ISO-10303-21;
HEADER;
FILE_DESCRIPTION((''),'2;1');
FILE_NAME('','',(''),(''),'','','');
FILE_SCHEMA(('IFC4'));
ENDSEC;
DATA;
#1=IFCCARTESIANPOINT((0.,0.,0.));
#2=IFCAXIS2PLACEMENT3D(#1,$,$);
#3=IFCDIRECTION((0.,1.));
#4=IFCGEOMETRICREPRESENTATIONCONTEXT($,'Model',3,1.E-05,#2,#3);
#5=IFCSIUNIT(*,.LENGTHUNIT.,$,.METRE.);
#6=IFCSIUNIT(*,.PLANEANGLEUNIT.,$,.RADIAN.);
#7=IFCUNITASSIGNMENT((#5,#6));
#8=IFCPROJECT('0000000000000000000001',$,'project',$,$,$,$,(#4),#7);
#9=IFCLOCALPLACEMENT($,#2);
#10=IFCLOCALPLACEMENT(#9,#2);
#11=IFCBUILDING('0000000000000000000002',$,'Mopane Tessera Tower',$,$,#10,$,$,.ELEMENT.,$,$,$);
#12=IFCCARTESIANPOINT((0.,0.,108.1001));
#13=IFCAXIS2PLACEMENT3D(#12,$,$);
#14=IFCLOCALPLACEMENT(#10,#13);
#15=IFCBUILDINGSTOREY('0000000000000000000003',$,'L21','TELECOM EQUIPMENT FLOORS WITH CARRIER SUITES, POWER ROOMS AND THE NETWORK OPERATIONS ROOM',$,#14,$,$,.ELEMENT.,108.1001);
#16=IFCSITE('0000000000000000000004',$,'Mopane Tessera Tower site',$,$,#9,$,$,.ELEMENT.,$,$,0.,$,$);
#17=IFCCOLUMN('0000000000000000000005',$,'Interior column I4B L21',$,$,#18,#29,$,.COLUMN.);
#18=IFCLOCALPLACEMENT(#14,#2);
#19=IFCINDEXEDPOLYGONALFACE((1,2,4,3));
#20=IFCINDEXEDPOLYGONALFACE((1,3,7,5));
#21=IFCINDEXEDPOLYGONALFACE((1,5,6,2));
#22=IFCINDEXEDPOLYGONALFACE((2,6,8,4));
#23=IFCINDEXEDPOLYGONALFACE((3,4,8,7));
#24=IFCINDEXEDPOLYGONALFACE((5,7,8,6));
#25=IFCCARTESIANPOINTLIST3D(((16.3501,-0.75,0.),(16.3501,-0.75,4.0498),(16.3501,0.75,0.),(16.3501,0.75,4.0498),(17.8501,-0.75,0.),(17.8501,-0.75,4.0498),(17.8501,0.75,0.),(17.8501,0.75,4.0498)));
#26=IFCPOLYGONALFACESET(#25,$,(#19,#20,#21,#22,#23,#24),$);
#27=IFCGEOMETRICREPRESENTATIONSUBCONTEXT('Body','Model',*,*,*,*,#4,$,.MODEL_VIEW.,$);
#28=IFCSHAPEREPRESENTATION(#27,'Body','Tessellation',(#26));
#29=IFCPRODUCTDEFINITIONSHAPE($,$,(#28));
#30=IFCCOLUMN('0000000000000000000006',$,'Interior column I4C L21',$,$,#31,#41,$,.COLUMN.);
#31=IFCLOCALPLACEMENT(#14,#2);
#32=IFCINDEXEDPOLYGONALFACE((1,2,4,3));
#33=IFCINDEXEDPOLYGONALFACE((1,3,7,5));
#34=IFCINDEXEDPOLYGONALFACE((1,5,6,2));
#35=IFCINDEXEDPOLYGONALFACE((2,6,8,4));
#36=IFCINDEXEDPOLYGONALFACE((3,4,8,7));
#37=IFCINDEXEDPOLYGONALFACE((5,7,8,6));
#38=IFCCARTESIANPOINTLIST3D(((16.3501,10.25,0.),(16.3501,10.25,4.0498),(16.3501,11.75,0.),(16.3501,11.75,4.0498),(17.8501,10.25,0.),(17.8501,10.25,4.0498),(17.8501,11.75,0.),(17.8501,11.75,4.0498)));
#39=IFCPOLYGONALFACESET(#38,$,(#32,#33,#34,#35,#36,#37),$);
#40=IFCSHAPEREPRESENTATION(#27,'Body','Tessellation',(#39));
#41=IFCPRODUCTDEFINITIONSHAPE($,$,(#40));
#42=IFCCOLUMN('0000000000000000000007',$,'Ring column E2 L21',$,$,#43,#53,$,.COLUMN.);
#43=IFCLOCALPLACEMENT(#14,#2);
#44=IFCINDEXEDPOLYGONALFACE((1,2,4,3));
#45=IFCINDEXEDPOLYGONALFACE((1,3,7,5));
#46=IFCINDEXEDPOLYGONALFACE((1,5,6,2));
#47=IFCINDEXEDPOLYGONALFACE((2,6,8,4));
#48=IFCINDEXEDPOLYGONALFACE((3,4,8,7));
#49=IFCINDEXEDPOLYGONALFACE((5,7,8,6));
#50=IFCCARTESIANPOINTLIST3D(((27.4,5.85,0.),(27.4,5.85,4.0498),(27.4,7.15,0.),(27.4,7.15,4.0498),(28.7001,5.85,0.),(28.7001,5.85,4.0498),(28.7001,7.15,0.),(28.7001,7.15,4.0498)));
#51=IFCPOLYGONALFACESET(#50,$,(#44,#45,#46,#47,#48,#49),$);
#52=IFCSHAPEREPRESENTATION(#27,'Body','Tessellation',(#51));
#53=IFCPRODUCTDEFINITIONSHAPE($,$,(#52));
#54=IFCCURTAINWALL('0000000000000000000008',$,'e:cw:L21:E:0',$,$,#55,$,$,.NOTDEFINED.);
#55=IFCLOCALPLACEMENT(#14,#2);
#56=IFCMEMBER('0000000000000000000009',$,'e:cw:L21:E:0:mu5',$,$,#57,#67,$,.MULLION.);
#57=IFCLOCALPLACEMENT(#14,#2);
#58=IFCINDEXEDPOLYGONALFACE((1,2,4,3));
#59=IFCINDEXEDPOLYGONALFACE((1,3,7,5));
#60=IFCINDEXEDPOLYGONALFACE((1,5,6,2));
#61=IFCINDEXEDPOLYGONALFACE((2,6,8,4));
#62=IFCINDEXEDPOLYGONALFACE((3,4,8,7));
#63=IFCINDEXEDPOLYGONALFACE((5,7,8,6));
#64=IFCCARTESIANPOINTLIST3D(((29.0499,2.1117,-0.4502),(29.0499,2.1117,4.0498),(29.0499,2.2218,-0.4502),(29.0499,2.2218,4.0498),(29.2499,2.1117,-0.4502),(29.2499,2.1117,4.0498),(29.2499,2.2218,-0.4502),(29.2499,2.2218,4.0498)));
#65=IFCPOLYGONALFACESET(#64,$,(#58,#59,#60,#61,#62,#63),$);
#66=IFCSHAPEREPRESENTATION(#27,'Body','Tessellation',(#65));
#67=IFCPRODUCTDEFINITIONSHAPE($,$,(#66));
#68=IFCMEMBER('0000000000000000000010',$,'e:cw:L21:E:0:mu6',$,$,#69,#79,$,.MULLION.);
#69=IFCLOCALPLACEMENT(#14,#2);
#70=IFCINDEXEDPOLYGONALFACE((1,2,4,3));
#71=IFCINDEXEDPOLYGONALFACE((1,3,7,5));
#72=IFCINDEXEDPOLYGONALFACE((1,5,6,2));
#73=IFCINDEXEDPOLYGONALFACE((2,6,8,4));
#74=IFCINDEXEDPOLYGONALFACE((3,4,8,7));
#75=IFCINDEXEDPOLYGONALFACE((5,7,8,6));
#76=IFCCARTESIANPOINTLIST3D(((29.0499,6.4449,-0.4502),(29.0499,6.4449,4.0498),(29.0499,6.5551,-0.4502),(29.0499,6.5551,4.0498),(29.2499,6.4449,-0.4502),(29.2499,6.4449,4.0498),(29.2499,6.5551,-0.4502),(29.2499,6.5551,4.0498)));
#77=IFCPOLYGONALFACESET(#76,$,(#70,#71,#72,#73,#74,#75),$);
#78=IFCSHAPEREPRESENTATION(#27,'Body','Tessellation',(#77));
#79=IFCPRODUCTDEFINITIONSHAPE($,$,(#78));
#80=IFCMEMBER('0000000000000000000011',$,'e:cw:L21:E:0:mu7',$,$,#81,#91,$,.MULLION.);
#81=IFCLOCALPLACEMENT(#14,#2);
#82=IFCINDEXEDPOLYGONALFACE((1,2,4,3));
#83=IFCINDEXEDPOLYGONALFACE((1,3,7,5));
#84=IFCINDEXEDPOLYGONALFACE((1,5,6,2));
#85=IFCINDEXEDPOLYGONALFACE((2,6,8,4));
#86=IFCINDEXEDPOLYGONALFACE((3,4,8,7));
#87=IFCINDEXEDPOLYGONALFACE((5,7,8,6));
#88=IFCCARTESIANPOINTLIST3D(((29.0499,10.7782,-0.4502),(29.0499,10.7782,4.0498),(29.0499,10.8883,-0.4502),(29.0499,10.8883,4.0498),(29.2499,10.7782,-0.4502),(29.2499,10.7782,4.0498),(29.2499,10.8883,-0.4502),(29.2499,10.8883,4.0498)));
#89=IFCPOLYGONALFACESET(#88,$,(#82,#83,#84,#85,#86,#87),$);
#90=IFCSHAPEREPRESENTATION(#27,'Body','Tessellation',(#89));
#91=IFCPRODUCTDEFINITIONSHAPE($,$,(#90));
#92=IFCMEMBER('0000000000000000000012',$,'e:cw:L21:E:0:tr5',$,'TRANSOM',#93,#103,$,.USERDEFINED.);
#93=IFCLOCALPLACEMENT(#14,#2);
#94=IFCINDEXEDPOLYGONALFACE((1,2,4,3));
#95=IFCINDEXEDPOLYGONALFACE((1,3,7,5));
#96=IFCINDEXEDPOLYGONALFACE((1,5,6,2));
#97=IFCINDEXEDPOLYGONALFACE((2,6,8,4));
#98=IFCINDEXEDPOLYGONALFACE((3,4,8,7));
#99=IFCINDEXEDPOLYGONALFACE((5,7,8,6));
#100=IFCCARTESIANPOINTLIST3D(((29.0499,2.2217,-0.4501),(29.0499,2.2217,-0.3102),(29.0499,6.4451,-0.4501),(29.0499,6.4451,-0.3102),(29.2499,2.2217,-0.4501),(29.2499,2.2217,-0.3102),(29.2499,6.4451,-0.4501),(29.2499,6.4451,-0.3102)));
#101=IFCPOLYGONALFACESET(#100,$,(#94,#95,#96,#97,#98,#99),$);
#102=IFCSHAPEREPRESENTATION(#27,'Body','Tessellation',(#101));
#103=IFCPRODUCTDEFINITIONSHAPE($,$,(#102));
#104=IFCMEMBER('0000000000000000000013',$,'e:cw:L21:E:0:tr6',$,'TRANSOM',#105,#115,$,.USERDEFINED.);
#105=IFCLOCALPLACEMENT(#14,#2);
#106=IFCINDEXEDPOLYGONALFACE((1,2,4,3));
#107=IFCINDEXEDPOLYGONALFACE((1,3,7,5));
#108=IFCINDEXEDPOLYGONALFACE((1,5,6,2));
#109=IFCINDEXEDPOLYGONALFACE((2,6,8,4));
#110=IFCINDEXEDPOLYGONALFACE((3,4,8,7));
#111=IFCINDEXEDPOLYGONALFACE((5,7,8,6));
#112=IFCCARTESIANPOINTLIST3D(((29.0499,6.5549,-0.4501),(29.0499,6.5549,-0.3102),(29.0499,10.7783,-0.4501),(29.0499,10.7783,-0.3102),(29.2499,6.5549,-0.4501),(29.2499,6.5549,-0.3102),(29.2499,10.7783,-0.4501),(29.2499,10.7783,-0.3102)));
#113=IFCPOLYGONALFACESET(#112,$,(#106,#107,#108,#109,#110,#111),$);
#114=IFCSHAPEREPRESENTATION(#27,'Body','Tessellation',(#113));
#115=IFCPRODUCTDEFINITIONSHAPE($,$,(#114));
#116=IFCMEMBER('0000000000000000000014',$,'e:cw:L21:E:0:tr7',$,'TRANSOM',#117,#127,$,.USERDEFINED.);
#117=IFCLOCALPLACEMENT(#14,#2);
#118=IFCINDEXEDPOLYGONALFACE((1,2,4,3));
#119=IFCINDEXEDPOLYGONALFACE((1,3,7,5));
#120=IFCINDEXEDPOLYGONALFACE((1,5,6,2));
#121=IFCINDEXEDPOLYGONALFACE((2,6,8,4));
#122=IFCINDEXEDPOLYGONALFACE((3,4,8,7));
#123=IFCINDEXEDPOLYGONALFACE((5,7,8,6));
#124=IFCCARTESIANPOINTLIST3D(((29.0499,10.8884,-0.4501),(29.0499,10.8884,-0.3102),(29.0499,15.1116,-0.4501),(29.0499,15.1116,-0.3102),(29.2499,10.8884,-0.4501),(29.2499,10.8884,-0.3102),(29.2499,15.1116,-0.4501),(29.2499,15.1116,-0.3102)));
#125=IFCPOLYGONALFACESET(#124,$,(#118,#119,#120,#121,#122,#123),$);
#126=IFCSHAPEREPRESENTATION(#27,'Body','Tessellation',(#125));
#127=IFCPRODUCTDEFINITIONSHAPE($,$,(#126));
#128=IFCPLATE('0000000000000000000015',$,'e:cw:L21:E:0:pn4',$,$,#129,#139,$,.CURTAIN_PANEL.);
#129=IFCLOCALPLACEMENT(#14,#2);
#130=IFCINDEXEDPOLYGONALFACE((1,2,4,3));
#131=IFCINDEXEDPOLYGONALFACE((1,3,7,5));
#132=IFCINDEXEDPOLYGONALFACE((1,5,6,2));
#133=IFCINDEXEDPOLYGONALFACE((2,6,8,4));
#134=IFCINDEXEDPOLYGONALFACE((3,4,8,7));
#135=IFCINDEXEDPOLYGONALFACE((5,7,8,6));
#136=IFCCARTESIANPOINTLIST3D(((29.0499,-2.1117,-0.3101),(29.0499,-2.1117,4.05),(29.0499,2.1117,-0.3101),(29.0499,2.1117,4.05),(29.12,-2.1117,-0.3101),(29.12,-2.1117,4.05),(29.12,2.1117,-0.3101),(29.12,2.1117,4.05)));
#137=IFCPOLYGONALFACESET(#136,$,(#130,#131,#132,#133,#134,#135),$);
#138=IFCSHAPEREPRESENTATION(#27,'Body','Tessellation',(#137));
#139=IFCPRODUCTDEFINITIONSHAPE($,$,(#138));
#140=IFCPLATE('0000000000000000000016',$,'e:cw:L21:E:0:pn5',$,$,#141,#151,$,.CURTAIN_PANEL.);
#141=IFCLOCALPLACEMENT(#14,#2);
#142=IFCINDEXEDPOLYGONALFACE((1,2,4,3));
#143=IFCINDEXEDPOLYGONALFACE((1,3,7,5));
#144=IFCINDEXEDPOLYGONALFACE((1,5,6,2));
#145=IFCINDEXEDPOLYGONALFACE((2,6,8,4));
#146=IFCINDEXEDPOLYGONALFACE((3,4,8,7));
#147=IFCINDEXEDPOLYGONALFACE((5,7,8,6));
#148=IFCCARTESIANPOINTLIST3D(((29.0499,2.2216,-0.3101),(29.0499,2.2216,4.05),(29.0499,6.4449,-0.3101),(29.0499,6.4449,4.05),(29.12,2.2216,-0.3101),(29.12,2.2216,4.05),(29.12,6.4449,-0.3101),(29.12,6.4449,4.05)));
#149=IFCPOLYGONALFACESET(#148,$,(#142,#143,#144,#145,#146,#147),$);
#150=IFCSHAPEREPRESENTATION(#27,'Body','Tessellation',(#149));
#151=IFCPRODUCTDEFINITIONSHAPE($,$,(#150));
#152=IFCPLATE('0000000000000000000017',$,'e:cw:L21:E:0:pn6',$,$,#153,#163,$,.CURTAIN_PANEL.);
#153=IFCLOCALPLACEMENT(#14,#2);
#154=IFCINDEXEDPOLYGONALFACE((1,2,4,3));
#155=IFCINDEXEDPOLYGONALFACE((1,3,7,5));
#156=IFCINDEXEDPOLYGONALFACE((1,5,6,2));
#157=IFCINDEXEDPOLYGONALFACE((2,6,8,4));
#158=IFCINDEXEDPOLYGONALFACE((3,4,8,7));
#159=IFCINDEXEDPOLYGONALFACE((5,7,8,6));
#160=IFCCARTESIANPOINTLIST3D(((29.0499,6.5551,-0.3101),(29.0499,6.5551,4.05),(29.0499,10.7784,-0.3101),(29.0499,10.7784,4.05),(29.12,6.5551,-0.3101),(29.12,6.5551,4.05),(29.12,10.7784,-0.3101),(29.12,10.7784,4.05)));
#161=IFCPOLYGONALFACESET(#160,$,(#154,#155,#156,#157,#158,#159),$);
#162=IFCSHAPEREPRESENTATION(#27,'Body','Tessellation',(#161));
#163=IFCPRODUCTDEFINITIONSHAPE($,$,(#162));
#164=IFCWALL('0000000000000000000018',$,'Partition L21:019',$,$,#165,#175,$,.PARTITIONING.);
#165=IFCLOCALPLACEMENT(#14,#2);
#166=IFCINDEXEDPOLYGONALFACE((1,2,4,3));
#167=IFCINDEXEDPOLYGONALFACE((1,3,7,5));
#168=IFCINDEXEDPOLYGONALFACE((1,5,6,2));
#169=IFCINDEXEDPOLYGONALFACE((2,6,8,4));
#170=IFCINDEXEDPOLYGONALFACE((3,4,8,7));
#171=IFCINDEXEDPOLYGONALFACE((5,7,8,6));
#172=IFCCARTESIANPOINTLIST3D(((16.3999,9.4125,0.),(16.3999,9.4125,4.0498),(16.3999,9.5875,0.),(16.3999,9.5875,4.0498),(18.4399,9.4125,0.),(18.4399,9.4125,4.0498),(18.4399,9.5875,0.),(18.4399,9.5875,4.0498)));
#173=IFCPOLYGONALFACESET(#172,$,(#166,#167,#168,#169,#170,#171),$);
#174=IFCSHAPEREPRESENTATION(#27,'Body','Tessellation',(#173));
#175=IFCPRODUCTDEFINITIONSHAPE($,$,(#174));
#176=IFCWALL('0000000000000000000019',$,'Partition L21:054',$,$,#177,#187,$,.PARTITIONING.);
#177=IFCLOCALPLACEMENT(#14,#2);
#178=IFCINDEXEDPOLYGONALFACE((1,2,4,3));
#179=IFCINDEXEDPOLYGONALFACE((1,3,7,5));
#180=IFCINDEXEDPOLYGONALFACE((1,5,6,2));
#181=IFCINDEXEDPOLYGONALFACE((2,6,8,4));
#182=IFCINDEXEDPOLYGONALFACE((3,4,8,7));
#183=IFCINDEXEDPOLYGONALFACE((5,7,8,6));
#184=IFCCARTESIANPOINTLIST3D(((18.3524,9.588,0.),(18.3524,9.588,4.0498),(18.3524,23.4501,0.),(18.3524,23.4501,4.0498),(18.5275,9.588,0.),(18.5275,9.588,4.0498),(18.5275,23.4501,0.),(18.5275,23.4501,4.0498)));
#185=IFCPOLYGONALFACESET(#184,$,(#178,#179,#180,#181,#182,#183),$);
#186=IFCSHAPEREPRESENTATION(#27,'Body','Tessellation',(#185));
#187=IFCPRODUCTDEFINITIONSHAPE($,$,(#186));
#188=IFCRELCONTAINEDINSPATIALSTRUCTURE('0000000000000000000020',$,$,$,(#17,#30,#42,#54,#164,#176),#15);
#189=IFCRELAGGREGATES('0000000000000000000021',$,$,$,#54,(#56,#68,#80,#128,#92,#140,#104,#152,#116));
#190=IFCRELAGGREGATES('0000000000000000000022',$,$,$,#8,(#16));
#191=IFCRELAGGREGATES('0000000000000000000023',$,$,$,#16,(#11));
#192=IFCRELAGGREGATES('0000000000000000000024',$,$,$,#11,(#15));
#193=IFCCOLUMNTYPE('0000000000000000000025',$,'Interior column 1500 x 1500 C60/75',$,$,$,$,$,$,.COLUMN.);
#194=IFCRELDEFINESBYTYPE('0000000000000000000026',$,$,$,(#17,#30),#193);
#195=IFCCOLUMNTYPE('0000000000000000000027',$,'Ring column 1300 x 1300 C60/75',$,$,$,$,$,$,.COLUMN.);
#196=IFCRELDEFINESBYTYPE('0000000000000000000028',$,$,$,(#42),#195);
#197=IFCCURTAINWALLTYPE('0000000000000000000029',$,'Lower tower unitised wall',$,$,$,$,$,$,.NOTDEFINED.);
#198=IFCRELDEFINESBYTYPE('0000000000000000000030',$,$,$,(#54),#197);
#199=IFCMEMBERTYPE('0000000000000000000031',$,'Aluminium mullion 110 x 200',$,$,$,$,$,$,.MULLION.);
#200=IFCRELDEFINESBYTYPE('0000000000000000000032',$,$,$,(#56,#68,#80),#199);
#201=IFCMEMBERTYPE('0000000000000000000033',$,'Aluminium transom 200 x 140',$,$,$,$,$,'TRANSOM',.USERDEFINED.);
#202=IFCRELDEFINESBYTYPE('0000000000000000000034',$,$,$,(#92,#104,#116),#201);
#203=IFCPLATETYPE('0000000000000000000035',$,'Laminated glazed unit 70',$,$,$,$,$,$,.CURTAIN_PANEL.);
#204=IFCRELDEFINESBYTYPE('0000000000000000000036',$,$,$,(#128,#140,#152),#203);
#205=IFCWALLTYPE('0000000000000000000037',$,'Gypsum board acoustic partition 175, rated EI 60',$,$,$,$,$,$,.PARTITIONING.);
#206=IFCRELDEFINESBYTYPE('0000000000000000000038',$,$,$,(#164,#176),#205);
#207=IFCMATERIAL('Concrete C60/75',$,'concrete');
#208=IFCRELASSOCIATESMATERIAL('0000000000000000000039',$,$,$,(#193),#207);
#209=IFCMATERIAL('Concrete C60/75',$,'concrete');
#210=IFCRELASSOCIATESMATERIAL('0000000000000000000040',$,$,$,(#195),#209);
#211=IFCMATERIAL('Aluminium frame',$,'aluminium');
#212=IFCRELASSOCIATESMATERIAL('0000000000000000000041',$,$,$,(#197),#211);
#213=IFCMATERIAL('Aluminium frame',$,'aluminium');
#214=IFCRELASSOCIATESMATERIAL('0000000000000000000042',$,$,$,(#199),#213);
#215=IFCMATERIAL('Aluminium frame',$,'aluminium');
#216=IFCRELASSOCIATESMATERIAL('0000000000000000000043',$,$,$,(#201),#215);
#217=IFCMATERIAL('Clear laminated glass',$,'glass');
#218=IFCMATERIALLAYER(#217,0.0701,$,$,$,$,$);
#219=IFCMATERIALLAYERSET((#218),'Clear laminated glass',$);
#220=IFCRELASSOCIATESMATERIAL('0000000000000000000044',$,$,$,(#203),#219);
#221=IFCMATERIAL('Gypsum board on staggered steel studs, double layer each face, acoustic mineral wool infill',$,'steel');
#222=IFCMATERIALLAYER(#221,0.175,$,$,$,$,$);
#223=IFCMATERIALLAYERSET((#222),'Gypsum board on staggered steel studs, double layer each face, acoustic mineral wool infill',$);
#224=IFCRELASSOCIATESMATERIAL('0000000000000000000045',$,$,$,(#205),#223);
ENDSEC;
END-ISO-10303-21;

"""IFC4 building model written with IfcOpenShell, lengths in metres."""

from ifc_helpers import new_model, si_unit, direction, frame, frame_2d, origin, origin_2d, place, context, subcontext, project, spatial, rectangle, extrude, material, layer, layer_set, material_profile, profile_set, type_object, element, aggregate, save


model = new_model("IFC4")

# Units and contexts
model_context = context("Model", 3, precision=1e-05, world=origin(), true_north=direction((0.0, 1.0)))
body_context = subcontext(model_context, "Body", "Model", "MODEL_VIEW")
ifc_project = project(units=[si_unit("LENGTHUNIT", "METRE"), si_unit("PLANEANGLEUNIT", "RADIAN")], contexts=[model_context])

# Site, building, storey
site_placement = place(None, origin())
site = spatial("IfcSite", under=ifc_project, at=site_placement, Name="Mopane Tessera Tower site", CompositionType="ELEMENT", RefElevation=0.0)
building_placement = place(site_placement, origin())
building = spatial("IfcBuilding", under=site, at=building_placement, Name="Mopane Tessera Tower", CompositionType="ELEMENT")
storey_placement = place(building_placement, frame((0.0, 0.0, 108.1001)))
storey = spatial("IfcBuildingStorey", under=building, at=storey_placement, Name="L21", Description="TELECOM EQUIPMENT FLOORS WITH CARRIER SUITES, POWER ROOMS AND THE NETWORK OPERATIONS ROOM", CompositionType="ELEMENT", Elevation=108.1001)

# Columns
ifc_material_1 = material(Name="Concrete C60/75", Category="concrete")
ifc_material_profile_1 = material_profile(ifc_material_1, rectangle(XDim=1.5, YDim=1.5, at=origin_2d()))
ifc_profile_set_1 = profile_set([ifc_material_profile_1], Name="Concrete C60/75")
column_type_1 = type_object("IfcColumnType", Name="Interior column 1500 x 1500 C60/75", PredefinedType="COLUMN", material=ifc_profile_set_1)
for number, where, z_axis, x_axis, name in (
    (1, (17.1001, 0.0, 0.0), (0.0, 0.0, 1.0), (1.0, 0.0, 0.0), "Interior column I4B L21"),
    (2, (17.1001, 11.0, 0.0), (0.0, 0.0, 1.0), (1.0, 0.0, 0.0), "Interior column I4C L21"),
):
    element("IfcColumn", number, at=place(storey_placement, frame(where, z_axis=z_axis, x_axis=x_axis)), inside=storey, type_object=column_type_1, Name=name, PredefinedType="COLUMN", context=body_context, shape_type="SweptSolid", body=[
        extrude(rectangle(XDim=1.5, YDim=1.5, at=origin_2d()), origin(), (0.0, 0.0, 1.0), 4.0498),
    ])
ifc_material_2 = material(Name="Concrete C60/75", Category="concrete")
ifc_material_profile_2 = material_profile(ifc_material_2, rectangle(XDim=1.3, YDim=1.3, at=origin_2d()))
ifc_profile_set_2 = profile_set([ifc_material_profile_2], Name="Concrete C60/75")
column_type_2 = type_object("IfcColumnType", Name="Ring column 1300 x 1300 C60/75", PredefinedType="COLUMN", material=ifc_profile_set_2)
column_placement = place(storey_placement, frame((28.05, 6.5, 0.0), z_axis=(0.0, 0.0, 1.0), x_axis=(1.0, 0.0, 0.0)))
element("IfcColumn", 3, at=column_placement, inside=storey, type_object=column_type_2, Name="Ring column E2 L21", PredefinedType="COLUMN", context=body_context, shape_type="SweptSolid", body=[
    extrude(rectangle(XDim=1.3, YDim=1.3, at=origin_2d()), origin(), (0.0, 0.0, 1.0), 4.0498),
])

# Curtain wall, members, plates
ifc_material_3 = material(Name="Aluminium frame", Category="aluminium")
curtain_wall_type = type_object("IfcCurtainWallType", Name="Lower tower unitised wall", PredefinedType="NOTDEFINED", material=ifc_material_3)
curtain_wall_placement = place(storey_placement, origin())
curtain_wall = element("IfcCurtainWall", 4, at=curtain_wall_placement, inside=storey, type_object=curtain_wall_type, Name="e:cw:L21:E:0", PredefinedType="NOTDEFINED")
ifc_material_4 = material(Name="Aluminium frame", Category="aluminium")
ifc_material_profile_3 = material_profile(ifc_material_4, rectangle(XDim=0.1101, YDim=0.2, at=origin_2d()))
ifc_profile_set_3 = profile_set([ifc_material_profile_3], Name="Aluminium frame")
member_type_1 = type_object("IfcMemberType", Name="Aluminium mullion 110 x 200", PredefinedType="MULLION", material=ifc_profile_set_3)
member_1_placement = place(storey_placement, frame((29.1499, 2.1667, -0.4502), z_axis=(0.0, 0.0, 1.0), x_axis=(0.0, 1.0, 0.0)))
member_1 = element("IfcMember", 5, at=member_1_placement, type_object=member_type_1, Name="e:cw:L21:E:0:mu5", PredefinedType="MULLION", context=body_context, shape_type="SweptSolid", body=[
    extrude(rectangle(XDim=0.1101, YDim=0.2, at=origin_2d()), origin(), (0.0, 0.0, 1.0), 4.5),
])
member_2_placement = place(storey_placement, frame((29.1499, 6.5, -0.4502), z_axis=(0.0, 0.0, 1.0), x_axis=(0.0, 1.0, 0.0)))
member_2 = element("IfcMember", 6, at=member_2_placement, type_object=member_type_1, Name="e:cw:L21:E:0:mu6", PredefinedType="MULLION", context=body_context, shape_type="SweptSolid", body=[
    extrude(rectangle(XDim=0.1101, YDim=0.2, at=origin_2d()), origin(), (0.0, 0.0, 1.0), 4.5),
])
member_3_placement = place(storey_placement, frame((29.1499, 10.8333, -0.4502), z_axis=(0.0, 0.0, 1.0), x_axis=(0.0, 1.0, 0.0)))
member_3 = element("IfcMember", 7, at=member_3_placement, type_object=member_type_1, Name="e:cw:L21:E:0:mu7", PredefinedType="MULLION", context=body_context, shape_type="SweptSolid", body=[
    extrude(rectangle(XDim=0.1101, YDim=0.2, at=origin_2d()), origin(), (0.0, 0.0, 1.0), 4.5),
])
ifc_material_5 = material(Name="Aluminium frame", Category="aluminium")
ifc_material_profile_4 = material_profile(ifc_material_5, rectangle(XDim=0.2, YDim=0.1399, at=origin_2d()))
ifc_profile_set_4 = profile_set([ifc_material_profile_4], Name="Aluminium frame")
member_type_2 = type_object("IfcMemberType", Name="Aluminium transom 200 x 140", ElementType="TRANSOM", PredefinedType="USERDEFINED", material=ifc_profile_set_4)
member_4_placement = place(storey_placement, frame((29.1499, 2.2217, -0.3801), z_axis=(0.0, 1.0, 0.0), x_axis=(-1.0, 0.0, 0.0)))
member_4 = element("IfcMember", 8, at=member_4_placement, type_object=member_type_2, Name="e:cw:L21:E:0:tr5", ObjectType="TRANSOM", PredefinedType="USERDEFINED", context=body_context, shape_type="SweptSolid", body=[
    extrude(rectangle(XDim=0.2, YDim=0.1399, at=origin_2d()), origin(), (0.0, 0.0, 1.0), 4.2234),
])
member_5_placement = place(storey_placement, frame((29.1499, 6.5549, -0.3801), z_axis=(0.0, 1.0, 0.0), x_axis=(-1.0, 0.0, 0.0)))
member_5 = element("IfcMember", 9, at=member_5_placement, type_object=member_type_2, Name="e:cw:L21:E:0:tr6", ObjectType="TRANSOM", PredefinedType="USERDEFINED", context=body_context, shape_type="SweptSolid", body=[
    extrude(rectangle(XDim=0.2, YDim=0.1399, at=origin_2d()), origin(), (0.0, 0.0, 1.0), 4.2234),
])
member_6_placement = place(storey_placement, frame((29.1499, 10.8884, -0.3801), z_axis=(0.0, 1.0, 0.0), x_axis=(-1.0, 0.0, 0.0)))
member_6 = element("IfcMember", 10, at=member_6_placement, type_object=member_type_2, Name="e:cw:L21:E:0:tr7", ObjectType="TRANSOM", PredefinedType="USERDEFINED", context=body_context, shape_type="SweptSolid", body=[
    extrude(rectangle(XDim=0.2, YDim=0.1399, at=origin_2d()), origin(), (0.0, 0.0, 1.0), 4.2231),
])
ifc_material_6 = material(Name="Clear laminated glass", Category="glass")
ifc_layer_1 = layer(ifc_material_6, 0.0701)
ifc_layer_set_1 = layer_set([ifc_layer_1], Name="Clear laminated glass")
plate_type = type_object("IfcPlateType", Name="Laminated glazed unit 70", PredefinedType="CURTAIN_PANEL", material=ifc_layer_set_1)
plate_1_placement = place(storey_placement, frame((29.085, 0.0, -0.3101), z_axis=(0.0, 0.0, 1.0), x_axis=(0.0, 1.0, 0.0)))
plate_1 = element("IfcPlate", 11, at=plate_1_placement, type_object=plate_type, Name="e:cw:L21:E:0:pn4", PredefinedType="CURTAIN_PANEL", context=body_context, shape_type="SweptSolid", body=[
    extrude(rectangle(XDim=4.2234, YDim=0.0701, at=origin_2d()), origin(), (0.0, 0.0, 1.0), 4.3601),
])
plate_2_placement = place(storey_placement, frame((29.085, 4.3333, -0.3101), z_axis=(0.0, 0.0, 1.0), x_axis=(0.0, 1.0, 0.0)))
plate_2 = element("IfcPlate", 12, at=plate_2_placement, type_object=plate_type, Name="e:cw:L21:E:0:pn5", PredefinedType="CURTAIN_PANEL", context=body_context, shape_type="SweptSolid", body=[
    extrude(rectangle(XDim=4.2234, YDim=0.0701, at=origin_2d()), origin(), (0.0, 0.0, 1.0), 4.3601),
])
plate_3_placement = place(storey_placement, frame((29.085, 8.6667, -0.3101), z_axis=(0.0, 0.0, 1.0), x_axis=(0.0, 1.0, 0.0)))
plate_3 = element("IfcPlate", 13, at=plate_3_placement, type_object=plate_type, Name="e:cw:L21:E:0:pn6", PredefinedType="CURTAIN_PANEL", context=body_context, shape_type="SweptSolid", body=[
    extrude(rectangle(XDim=4.2234, YDim=0.0701, at=origin_2d()), origin(), (0.0, 0.0, 1.0), 4.3601),
])
aggregate(curtain_wall, [member_1, member_2, member_3, plate_1, member_4, plate_2, member_5, plate_3, member_6])

# Walls
ifc_material_7 = material(Name="Gypsum board on staggered steel studs, double layer each face, acoustic mineral wool infill", Category="steel")
ifc_layer_2 = layer(ifc_material_7, 0.175)
ifc_layer_set_2 = layer_set([ifc_layer_2], Name="Gypsum board on staggered steel studs, double layer each face, acoustic mineral wool infill")
wall_type_1 = type_object("IfcWallType", Name="Gypsum board acoustic partition 175, rated EI 60", PredefinedType="PARTITIONING", material=ifc_layer_set_2)
wall_1_placement = place(storey_placement, frame((16.3999, 9.5, 0.0), z_axis=(0.0, 0.0, 1.0), x_axis=(1.0, 0.0, 0.0)))
element("IfcWall", 14, at=wall_1_placement, inside=storey, type_object=wall_type_1, Name="Partition L21:019", PredefinedType="PARTITIONING", context=body_context, shape_type="SweptSolid", body=[
    extrude(rectangle(XDim=2.04, YDim=0.175, at=frame_2d((1.02, 0.0))), origin(), (0.0, 0.0, 1.0), 4.0498),
])
wall_2_placement = place(storey_placement, frame((18.4399, 9.5879, 0.0), z_axis=(0.0, 0.0, 1.0), x_axis=(0.0, 1.0, 0.0)))
element("IfcWall", 15, at=wall_2_placement, inside=storey, type_object=wall_type_1, Name="Partition L21:054", PredefinedType="PARTITIONING", context=body_context, shape_type="SweptSolid", body=[
    extrude(rectangle(XDim=13.8621, YDim=0.175, at=frame_2d((6.9312, 0.0))), origin(), (0.0, 0.0, 1.0), 4.0498),
])

save(model, "model.ifc")
